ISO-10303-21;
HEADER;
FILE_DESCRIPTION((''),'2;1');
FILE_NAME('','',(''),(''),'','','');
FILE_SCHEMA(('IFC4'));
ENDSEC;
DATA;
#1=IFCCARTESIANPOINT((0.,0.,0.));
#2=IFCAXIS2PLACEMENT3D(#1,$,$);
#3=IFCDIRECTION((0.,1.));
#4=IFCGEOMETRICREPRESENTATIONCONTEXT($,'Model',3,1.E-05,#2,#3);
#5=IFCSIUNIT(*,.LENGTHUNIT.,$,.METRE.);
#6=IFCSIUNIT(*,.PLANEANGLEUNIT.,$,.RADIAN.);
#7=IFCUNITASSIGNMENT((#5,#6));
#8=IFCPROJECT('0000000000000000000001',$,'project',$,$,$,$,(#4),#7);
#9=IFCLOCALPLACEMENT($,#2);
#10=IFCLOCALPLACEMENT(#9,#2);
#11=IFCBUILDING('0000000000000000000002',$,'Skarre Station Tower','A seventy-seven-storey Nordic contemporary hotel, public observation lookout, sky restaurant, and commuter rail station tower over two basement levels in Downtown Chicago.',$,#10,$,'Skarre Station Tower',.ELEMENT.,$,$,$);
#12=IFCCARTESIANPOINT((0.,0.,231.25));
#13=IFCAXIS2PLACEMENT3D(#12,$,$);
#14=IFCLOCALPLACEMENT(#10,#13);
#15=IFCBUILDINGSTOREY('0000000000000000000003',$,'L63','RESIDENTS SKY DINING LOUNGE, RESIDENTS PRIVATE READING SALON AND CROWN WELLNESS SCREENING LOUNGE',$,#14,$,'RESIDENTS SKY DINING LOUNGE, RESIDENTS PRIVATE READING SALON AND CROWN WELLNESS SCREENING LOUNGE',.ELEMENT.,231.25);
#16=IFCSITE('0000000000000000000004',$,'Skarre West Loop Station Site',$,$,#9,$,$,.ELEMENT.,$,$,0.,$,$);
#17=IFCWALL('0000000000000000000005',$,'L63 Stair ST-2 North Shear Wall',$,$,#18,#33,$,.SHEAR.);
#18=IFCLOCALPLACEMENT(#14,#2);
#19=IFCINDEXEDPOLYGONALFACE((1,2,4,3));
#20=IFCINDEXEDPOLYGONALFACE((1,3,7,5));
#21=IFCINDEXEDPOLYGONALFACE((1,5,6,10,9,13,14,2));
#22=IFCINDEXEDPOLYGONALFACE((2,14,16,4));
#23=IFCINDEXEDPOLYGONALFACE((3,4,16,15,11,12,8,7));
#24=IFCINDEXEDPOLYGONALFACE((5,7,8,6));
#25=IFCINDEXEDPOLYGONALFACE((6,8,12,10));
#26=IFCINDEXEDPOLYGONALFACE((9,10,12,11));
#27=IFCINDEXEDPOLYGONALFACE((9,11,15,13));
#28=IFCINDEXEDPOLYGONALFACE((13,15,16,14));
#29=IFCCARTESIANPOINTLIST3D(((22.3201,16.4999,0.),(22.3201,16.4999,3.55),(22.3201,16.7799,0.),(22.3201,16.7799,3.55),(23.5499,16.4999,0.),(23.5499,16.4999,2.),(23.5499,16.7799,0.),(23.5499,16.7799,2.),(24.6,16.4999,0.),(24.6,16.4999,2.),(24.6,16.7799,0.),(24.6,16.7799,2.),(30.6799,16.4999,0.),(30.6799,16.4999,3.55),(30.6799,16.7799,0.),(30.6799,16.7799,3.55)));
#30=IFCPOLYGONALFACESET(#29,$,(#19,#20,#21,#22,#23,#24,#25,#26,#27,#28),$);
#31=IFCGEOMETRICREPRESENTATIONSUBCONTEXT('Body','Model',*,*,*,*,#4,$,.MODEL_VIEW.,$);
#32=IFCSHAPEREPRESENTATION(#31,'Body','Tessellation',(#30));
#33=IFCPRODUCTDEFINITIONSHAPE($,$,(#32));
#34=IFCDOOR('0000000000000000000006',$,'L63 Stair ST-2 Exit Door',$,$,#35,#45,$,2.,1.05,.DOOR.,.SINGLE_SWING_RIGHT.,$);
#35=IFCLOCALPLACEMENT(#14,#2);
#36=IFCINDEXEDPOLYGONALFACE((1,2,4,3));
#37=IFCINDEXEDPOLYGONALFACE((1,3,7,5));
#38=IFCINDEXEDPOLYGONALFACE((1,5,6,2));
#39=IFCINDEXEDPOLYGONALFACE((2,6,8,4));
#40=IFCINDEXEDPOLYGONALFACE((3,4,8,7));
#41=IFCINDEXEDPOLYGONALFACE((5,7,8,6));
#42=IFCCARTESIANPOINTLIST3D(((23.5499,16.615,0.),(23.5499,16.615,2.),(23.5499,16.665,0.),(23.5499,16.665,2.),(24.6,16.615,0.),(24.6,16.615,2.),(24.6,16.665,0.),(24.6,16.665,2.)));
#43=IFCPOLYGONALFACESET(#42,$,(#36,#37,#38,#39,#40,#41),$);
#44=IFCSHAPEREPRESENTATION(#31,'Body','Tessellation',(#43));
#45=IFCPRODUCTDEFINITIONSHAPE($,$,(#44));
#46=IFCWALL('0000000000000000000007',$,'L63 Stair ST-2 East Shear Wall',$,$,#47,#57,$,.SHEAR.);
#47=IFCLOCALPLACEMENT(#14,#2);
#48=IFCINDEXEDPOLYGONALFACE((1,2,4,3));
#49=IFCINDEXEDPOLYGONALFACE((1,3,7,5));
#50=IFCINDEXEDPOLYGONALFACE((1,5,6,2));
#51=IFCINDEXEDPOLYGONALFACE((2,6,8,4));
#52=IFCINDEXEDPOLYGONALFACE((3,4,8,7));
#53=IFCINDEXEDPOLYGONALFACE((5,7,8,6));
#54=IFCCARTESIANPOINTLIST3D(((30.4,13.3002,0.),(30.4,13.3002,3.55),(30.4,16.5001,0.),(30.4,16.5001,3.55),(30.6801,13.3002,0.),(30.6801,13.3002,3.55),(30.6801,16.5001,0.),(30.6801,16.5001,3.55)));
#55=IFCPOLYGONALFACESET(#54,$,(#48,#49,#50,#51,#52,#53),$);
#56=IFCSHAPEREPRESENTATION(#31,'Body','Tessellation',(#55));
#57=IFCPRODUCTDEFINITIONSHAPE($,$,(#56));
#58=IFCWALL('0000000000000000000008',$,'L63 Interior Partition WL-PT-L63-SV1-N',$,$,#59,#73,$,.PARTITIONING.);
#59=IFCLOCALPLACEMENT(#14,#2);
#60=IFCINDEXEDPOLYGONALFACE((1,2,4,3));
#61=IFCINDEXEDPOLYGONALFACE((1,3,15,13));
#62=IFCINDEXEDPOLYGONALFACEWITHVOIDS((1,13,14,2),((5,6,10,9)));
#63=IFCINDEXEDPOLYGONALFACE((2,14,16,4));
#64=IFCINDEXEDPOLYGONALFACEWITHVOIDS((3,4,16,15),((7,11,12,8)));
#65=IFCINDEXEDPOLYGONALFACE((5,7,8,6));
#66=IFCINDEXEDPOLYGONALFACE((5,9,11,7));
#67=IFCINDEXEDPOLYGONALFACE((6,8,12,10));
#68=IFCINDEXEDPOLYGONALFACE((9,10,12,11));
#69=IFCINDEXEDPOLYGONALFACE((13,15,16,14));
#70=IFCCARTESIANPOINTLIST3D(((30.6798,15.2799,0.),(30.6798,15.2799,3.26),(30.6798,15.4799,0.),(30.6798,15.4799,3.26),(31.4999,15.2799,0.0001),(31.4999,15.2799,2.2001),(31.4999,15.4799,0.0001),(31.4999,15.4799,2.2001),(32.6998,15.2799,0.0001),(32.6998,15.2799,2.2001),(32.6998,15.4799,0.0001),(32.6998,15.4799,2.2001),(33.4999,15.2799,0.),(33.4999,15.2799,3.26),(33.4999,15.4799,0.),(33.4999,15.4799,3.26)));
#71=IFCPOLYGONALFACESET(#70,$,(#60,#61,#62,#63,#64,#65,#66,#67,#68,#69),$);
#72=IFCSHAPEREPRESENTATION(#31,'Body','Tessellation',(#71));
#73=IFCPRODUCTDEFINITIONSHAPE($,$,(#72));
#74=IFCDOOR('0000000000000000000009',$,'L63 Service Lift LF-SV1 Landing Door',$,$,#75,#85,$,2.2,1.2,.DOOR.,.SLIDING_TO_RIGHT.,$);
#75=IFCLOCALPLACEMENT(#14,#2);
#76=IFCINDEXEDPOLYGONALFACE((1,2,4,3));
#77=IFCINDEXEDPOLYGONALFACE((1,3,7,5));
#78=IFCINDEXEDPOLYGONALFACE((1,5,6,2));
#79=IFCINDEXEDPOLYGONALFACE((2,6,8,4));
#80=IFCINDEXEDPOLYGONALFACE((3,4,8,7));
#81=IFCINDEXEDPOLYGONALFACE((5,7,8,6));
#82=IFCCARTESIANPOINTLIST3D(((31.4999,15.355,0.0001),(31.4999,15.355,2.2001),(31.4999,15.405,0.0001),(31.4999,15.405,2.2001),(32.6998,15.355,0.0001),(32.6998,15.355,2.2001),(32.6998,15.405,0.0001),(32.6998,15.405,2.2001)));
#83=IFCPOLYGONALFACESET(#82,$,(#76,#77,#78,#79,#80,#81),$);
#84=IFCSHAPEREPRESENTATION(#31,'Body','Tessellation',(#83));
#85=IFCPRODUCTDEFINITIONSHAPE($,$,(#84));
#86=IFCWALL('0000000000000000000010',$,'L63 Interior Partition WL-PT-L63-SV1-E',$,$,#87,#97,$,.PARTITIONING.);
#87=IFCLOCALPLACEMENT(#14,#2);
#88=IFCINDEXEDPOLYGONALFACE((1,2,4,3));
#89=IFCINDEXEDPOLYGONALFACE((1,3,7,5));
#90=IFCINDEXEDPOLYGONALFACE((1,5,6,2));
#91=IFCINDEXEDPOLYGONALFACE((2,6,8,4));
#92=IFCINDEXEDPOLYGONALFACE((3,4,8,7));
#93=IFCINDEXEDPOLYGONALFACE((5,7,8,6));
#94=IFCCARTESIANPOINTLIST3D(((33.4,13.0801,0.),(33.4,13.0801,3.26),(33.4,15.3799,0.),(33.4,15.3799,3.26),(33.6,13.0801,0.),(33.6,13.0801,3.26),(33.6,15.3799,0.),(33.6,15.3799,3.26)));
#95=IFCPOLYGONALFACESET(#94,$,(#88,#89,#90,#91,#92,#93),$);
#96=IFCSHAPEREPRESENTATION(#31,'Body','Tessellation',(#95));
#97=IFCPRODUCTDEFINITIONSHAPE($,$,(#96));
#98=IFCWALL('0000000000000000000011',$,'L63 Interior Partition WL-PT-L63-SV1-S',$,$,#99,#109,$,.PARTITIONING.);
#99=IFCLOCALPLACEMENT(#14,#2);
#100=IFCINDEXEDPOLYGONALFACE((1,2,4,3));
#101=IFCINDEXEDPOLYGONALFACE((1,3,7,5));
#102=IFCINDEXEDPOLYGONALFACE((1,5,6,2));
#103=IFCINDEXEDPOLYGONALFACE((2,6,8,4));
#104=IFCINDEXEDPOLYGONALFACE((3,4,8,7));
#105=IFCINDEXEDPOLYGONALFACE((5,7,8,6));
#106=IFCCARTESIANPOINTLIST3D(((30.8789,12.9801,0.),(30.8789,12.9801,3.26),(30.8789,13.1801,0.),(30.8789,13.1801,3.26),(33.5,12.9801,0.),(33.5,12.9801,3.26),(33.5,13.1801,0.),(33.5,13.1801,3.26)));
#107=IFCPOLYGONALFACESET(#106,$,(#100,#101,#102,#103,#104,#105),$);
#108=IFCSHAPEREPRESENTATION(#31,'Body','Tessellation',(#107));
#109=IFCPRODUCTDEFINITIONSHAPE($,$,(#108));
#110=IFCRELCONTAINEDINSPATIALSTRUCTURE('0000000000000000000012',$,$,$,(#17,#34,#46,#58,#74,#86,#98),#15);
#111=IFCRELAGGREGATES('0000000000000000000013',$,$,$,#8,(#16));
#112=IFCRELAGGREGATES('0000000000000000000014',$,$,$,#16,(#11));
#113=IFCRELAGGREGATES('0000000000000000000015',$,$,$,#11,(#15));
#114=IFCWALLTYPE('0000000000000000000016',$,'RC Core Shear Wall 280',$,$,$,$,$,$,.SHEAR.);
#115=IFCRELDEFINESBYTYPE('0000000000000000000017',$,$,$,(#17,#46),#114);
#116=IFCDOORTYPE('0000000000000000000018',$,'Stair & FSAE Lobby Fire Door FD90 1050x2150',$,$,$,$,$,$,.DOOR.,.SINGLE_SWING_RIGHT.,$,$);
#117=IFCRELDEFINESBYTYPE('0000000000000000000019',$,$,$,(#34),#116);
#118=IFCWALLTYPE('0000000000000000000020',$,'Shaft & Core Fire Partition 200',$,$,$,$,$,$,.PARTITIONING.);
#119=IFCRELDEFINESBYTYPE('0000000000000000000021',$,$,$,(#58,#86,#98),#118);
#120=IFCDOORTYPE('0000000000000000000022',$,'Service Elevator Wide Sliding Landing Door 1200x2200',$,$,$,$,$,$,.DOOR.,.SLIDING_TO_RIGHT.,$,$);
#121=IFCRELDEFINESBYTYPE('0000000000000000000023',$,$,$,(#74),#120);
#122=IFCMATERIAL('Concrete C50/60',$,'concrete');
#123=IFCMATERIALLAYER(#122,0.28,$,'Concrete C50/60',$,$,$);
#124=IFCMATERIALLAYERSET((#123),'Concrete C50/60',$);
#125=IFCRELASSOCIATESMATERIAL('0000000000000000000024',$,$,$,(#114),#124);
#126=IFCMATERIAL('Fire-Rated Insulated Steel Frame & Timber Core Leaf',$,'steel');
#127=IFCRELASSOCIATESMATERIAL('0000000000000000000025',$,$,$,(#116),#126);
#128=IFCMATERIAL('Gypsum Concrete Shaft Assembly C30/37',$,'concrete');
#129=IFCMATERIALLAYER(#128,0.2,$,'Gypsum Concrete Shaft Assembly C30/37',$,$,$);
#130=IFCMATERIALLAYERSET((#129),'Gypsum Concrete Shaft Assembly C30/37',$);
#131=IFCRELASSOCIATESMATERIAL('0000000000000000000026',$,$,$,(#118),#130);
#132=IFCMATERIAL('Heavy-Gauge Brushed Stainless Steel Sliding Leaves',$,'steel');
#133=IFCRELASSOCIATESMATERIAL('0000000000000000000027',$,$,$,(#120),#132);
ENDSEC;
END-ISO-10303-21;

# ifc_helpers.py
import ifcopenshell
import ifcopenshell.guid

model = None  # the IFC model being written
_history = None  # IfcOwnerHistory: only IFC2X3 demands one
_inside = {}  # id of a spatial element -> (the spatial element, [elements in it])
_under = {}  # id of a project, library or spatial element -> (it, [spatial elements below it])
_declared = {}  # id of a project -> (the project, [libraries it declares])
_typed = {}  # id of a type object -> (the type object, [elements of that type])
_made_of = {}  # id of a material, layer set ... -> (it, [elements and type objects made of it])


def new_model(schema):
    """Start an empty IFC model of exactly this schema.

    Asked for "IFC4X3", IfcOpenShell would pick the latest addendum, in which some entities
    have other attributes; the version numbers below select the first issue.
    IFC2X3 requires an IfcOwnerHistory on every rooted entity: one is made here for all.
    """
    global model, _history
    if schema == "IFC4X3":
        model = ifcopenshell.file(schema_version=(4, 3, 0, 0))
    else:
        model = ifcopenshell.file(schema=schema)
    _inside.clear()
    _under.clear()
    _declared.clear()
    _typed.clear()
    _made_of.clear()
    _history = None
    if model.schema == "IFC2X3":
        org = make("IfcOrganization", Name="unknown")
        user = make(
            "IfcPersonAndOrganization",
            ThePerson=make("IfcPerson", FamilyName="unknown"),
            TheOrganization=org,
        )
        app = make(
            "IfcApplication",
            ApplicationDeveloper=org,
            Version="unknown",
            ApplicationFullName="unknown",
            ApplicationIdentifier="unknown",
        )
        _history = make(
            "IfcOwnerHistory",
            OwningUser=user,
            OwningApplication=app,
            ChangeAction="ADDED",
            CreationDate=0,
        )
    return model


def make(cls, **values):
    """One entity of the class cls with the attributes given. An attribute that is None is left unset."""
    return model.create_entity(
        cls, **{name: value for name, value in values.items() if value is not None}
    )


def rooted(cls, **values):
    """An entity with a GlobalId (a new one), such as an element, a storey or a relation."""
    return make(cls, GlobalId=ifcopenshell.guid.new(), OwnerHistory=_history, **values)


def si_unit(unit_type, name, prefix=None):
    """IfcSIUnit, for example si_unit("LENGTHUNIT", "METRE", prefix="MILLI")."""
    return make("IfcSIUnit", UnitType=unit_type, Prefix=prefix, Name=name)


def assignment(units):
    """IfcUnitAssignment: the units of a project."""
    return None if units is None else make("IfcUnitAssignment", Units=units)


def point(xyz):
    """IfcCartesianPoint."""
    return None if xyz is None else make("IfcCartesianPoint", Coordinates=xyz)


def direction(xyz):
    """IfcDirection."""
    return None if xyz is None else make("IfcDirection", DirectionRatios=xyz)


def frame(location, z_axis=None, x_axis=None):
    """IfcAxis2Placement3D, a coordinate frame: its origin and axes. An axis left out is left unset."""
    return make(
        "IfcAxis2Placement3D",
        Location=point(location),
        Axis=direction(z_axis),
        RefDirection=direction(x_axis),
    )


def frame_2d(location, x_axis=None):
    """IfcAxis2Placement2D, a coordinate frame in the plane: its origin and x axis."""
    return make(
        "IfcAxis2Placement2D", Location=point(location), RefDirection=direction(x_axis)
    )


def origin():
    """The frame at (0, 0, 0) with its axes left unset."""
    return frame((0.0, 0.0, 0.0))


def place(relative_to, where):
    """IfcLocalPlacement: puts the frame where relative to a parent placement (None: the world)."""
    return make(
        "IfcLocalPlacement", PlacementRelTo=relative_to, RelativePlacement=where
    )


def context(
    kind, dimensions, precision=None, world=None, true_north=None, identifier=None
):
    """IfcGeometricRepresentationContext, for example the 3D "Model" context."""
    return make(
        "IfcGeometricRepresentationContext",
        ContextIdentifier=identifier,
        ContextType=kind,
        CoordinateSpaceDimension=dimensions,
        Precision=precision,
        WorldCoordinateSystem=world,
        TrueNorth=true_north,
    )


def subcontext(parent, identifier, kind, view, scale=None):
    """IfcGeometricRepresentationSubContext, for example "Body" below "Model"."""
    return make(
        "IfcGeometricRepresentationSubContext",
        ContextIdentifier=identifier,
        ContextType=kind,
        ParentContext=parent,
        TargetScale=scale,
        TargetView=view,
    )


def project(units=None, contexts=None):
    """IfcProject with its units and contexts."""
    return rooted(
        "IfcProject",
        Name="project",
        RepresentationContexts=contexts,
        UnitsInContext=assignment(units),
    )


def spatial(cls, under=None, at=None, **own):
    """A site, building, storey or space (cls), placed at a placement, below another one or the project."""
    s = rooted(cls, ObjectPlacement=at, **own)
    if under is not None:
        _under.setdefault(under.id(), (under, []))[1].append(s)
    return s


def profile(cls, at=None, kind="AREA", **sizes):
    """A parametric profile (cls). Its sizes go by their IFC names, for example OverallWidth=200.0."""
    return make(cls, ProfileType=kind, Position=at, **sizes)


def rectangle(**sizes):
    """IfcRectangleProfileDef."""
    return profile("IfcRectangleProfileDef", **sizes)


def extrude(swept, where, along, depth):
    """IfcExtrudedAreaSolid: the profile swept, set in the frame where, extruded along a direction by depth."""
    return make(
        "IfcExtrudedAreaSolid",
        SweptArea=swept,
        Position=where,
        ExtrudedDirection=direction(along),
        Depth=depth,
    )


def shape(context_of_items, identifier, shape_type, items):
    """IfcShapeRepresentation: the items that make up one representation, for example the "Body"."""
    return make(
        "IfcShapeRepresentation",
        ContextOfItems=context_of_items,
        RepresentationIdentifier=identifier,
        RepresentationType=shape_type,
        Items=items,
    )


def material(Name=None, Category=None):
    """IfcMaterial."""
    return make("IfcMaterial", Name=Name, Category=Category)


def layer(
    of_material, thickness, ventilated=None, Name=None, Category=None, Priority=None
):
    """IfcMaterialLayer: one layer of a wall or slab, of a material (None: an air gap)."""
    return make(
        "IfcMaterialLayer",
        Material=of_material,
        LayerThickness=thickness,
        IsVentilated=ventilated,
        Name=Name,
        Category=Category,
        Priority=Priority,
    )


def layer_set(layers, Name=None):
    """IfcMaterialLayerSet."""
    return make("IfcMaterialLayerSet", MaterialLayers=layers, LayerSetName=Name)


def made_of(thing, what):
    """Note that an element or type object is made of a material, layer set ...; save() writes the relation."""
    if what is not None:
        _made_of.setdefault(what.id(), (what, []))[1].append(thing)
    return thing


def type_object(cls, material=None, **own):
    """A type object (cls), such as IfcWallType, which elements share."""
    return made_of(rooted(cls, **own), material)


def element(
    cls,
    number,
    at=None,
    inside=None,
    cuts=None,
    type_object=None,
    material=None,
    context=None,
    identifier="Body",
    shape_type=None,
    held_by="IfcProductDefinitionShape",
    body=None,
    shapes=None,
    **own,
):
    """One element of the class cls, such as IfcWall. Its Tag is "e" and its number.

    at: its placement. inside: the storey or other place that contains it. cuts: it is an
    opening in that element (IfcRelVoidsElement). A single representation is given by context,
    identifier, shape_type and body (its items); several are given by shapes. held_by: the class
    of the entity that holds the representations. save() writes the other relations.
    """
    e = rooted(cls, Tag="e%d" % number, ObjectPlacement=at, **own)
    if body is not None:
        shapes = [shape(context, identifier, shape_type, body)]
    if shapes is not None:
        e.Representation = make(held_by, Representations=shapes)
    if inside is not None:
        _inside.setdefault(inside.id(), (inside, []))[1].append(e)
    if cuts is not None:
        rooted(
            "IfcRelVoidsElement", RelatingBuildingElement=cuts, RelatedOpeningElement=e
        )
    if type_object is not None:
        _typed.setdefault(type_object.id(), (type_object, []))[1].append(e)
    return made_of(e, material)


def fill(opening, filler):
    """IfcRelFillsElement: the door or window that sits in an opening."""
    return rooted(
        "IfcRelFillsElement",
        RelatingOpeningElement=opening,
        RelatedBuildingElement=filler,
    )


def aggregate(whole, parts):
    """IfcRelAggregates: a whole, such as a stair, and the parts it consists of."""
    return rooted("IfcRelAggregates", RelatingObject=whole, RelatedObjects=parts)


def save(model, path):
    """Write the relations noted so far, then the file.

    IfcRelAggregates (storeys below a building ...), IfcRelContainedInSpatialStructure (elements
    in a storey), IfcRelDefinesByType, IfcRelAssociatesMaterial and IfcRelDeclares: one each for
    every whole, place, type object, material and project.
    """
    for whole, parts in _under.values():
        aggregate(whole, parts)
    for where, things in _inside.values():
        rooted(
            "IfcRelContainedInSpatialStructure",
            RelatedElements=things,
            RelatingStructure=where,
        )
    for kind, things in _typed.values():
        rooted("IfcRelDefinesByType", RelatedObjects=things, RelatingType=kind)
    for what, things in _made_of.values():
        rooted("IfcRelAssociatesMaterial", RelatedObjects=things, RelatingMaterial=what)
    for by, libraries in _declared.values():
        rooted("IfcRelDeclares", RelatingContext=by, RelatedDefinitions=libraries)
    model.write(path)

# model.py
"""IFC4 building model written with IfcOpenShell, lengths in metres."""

from ifc_helpers import new_model, si_unit, direction, frame, frame_2d, origin, place, context, subcontext, project, spatial, rectangle, extrude, material, layer, layer_set, type_object, element, fill, save


model = new_model("IFC4")

# Units and contexts
model_context = context("Model", 3, precision=1e-05, world=origin(), true_north=direction((0.0, 1.0)))
body_context = subcontext(model_context, "Body", "Model", "MODEL_VIEW")
ifc_project = project(units=[si_unit("LENGTHUNIT", "METRE"), si_unit("PLANEANGLEUNIT", "RADIAN")], contexts=[model_context])

# Site, building, storey
site_placement = place(None, origin())
site = spatial("IfcSite", under=ifc_project, at=site_placement, Name="Skarre West Loop Station Site", CompositionType="ELEMENT", RefElevation=0.0)
building_placement = place(site_placement, origin())
building = spatial("IfcBuilding", under=site, at=building_placement, Name="Skarre Station Tower", Description="A seventy-seven-storey Nordic contemporary hotel, public observation lookout, sky restaurant, and commuter rail station tower over two basement levels in Downtown Chicago.", LongName="Skarre Station Tower", CompositionType="ELEMENT")
storey_placement = place(building_placement, frame((0.0, 0.0, 231.25)))
storey = spatial("IfcBuildingStorey", under=building, at=storey_placement, Name="L63", Description="RESIDENTS SKY DINING LOUNGE, RESIDENTS PRIVATE READING SALON AND CROWN WELLNESS SCREENING LOUNGE", LongName="RESIDENTS SKY DINING LOUNGE, RESIDENTS PRIVATE READING SALON AND CROWN WELLNESS SCREENING LOUNGE", CompositionType="ELEMENT", Elevation=231.25)

# Wall, opening, door
ifc_material_1 = material(Name="Concrete C50/60", Category="concrete")
ifc_layer_1 = layer(ifc_material_1, 0.28, Name="Concrete C50/60")
ifc_layer_set_1 = layer_set([ifc_layer_1], Name="Concrete C50/60")
wall_type_1 = type_object("IfcWallType", Name="RC Core Shear Wall 280", PredefinedType="SHEAR", material=ifc_layer_set_1)
wall_1_placement = place(storey_placement, frame((30.6799, 16.6399, 0.0), z_axis=(0.0, 0.0, 1.0), x_axis=(-1.0, 0.0, 0.0)))
wall_1 = element("IfcWall", 1, at=wall_1_placement, inside=storey, type_object=wall_type_1, Name="L63 Stair ST-2 North Shear Wall", PredefinedType="SHEAR", context=body_context, shape_type="SweptSolid", body=[
    extrude(rectangle(XDim=8.3599, YDim=0.28, at=frame_2d((4.1799, 0.0))), origin(), (0.0, 0.0, 1.0), 3.55),
])
opening_1_placement = place(wall_1_placement, frame((6.0801, 0.0, 0.0)))
opening_1 = element("IfcOpeningElement", 2, at=opening_1_placement, cuts=wall_1, PredefinedType="OPENING", context=body_context, shape_type="SweptSolid", body=[
    extrude(rectangle(XDim=1.05, YDim=2.0, at=frame_2d((0.5249, 1.0))), frame((0.0, 0.1499, 0.0), z_axis=(0.0, -1.0, 0.0), x_axis=(1.0, 0.0, 0.0)), (0.0, 0.0, 1.0), 0.3),
])
ifc_material_2 = material(Name="Fire-Rated Insulated Steel Frame & Timber Core Leaf", Category="steel")
door_type_1 = type_object("IfcDoorType", Name="Stair & FSAE Lobby Fire Door FD90 1050x2150", OperationType="SINGLE_SWING_RIGHT", PredefinedType="DOOR", material=ifc_material_2)
door_1_placement = place(opening_1_placement, origin())
door_1 = element("IfcDoor", 3, at=door_1_placement, inside=storey, type_object=door_type_1, Name="L63 Stair ST-2 Exit Door", OperationType="SINGLE_SWING_RIGHT", OverallHeight=2.0, OverallWidth=1.05, PredefinedType="DOOR", context=body_context, shape_type="SweptSolid", body=[
    extrude(rectangle(XDim=1.05, YDim=2.0, at=frame_2d((0.5249, 1.0))), frame((0.0, 0.0249, 0.0), z_axis=(0.0, -1.0, 0.0), x_axis=(1.0, 0.0, 0.0)), (0.0, 0.0, 1.0), 0.05),
])
fill(opening_1, door_1)

# Wall
wall_2_placement = place(storey_placement, frame((30.54, 13.3, 0.0), z_axis=(0.0, 0.0, 1.0), x_axis=(0.0, 1.0, 0.0)))
element("IfcWall", 4, at=wall_2_placement, inside=storey, type_object=wall_type_1, Name="L63 Stair ST-2 East Shear Wall", PredefinedType="SHEAR", context=body_context, shape_type="SweptSolid", body=[
    extrude(rectangle(XDim=3.2, YDim=0.28, at=frame_2d((1.6001, 0.0))), origin(), (0.0, 0.0, 1.0), 3.55),
])

# Wall, opening, door
ifc_material_3 = material(Name="Gypsum Concrete Shaft Assembly C30/37", Category="concrete")
ifc_layer_2 = layer(ifc_material_3, 0.2, Name="Gypsum Concrete Shaft Assembly C30/37")
ifc_layer_set_2 = layer_set([ifc_layer_2], Name="Gypsum Concrete Shaft Assembly C30/37")
wall_type_2 = type_object("IfcWallType", Name="Shaft & Core Fire Partition 200", PredefinedType="PARTITIONING", material=ifc_layer_set_2)
wall_3_placement = place(storey_placement, frame((33.5, 15.3799, 0.0), z_axis=(0.0, 0.0, 1.0), x_axis=(-1.0, 0.0, 0.0)))
wall_3 = element("IfcWall", 5, at=wall_3_placement, inside=storey, type_object=wall_type_2, Name="L63 Interior Partition WL-PT-L63-SV1-N", PredefinedType="PARTITIONING", context=body_context, shape_type="SweptSolid", body=[
    extrude(rectangle(XDim=2.8201, YDim=0.2, at=frame_2d((1.4102, 0.0))), origin(), (0.0, 0.0, 1.0), 3.26),
])
opening_2_placement = place(wall_3_placement, frame((0.8, 0.0, 0.0)))
opening_2 = element("IfcOpeningElement", 6, at=opening_2_placement, cuts=wall_3, PredefinedType="OPENING", context=body_context, shape_type="SweptSolid", body=[
    extrude(rectangle(XDim=1.2, YDim=2.2, at=frame_2d((0.6001, 1.1001))), frame((0.0, 0.1099, 0.0), z_axis=(0.0, -1.0, 0.0), x_axis=(1.0, 0.0, 0.0)), (0.0, 0.0, 1.0), 0.22),
])
ifc_material_4 = material(Name="Heavy-Gauge Brushed Stainless Steel Sliding Leaves", Category="steel")
door_type_2 = type_object("IfcDoorType", Name="Service Elevator Wide Sliding Landing Door 1200x2200", OperationType="SLIDING_TO_RIGHT", PredefinedType="DOOR", material=ifc_material_4)
door_2_placement = place(opening_2_placement, origin())
door_2 = element("IfcDoor", 7, at=door_2_placement, inside=storey, type_object=door_type_2, Name="L63 Service Lift LF-SV1 Landing Door", OperationType="SLIDING_TO_RIGHT", OverallHeight=2.2, OverallWidth=1.2, PredefinedType="DOOR", context=body_context, shape_type="SweptSolid", body=[
    extrude(rectangle(XDim=1.2, YDim=2.2, at=frame_2d((0.6001, 1.1001))), frame((0.0, 0.0249, 0.0), z_axis=(0.0, -1.0, 0.0), x_axis=(1.0, 0.0, 0.0)), (0.0, 0.0, 1.0), 0.05),
])
fill(opening_2, door_2)

# Walls
wall_4_placement = place(storey_placement, frame((33.5, 13.0801, 0.0), z_axis=(0.0, 0.0, 1.0), x_axis=(0.0, 1.0, 0.0)))
element("IfcWall", 8, at=wall_4_placement, inside=storey, type_object=wall_type_2, Name="L63 Interior Partition WL-PT-L63-SV1-E", PredefinedType="PARTITIONING", context=body_context, shape_type="SweptSolid", body=[
    extrude(rectangle(XDim=2.2998, YDim=0.2, at=frame_2d((1.1499, 0.0))), origin(), (0.0, 0.0, 1.0), 3.26),
])
wall_5_placement = place(storey_placement, frame((30.8789, 13.0801, 0.0), z_axis=(0.0, 0.0, 1.0), x_axis=(1.0, 0.0, 0.0)))
element("IfcWall", 9, at=wall_5_placement, inside=storey, type_object=wall_type_2, Name="L63 Interior Partition WL-PT-L63-SV1-S", PredefinedType="PARTITIONING", context=body_context, shape_type="SweptSolid", body=[
    extrude(rectangle(XDim=2.6211, YDim=0.2, at=frame_2d((1.3105, 0.0))), origin(), (0.0, 0.0, 1.0), 3.26),
])

save(model, "model.ifc")
